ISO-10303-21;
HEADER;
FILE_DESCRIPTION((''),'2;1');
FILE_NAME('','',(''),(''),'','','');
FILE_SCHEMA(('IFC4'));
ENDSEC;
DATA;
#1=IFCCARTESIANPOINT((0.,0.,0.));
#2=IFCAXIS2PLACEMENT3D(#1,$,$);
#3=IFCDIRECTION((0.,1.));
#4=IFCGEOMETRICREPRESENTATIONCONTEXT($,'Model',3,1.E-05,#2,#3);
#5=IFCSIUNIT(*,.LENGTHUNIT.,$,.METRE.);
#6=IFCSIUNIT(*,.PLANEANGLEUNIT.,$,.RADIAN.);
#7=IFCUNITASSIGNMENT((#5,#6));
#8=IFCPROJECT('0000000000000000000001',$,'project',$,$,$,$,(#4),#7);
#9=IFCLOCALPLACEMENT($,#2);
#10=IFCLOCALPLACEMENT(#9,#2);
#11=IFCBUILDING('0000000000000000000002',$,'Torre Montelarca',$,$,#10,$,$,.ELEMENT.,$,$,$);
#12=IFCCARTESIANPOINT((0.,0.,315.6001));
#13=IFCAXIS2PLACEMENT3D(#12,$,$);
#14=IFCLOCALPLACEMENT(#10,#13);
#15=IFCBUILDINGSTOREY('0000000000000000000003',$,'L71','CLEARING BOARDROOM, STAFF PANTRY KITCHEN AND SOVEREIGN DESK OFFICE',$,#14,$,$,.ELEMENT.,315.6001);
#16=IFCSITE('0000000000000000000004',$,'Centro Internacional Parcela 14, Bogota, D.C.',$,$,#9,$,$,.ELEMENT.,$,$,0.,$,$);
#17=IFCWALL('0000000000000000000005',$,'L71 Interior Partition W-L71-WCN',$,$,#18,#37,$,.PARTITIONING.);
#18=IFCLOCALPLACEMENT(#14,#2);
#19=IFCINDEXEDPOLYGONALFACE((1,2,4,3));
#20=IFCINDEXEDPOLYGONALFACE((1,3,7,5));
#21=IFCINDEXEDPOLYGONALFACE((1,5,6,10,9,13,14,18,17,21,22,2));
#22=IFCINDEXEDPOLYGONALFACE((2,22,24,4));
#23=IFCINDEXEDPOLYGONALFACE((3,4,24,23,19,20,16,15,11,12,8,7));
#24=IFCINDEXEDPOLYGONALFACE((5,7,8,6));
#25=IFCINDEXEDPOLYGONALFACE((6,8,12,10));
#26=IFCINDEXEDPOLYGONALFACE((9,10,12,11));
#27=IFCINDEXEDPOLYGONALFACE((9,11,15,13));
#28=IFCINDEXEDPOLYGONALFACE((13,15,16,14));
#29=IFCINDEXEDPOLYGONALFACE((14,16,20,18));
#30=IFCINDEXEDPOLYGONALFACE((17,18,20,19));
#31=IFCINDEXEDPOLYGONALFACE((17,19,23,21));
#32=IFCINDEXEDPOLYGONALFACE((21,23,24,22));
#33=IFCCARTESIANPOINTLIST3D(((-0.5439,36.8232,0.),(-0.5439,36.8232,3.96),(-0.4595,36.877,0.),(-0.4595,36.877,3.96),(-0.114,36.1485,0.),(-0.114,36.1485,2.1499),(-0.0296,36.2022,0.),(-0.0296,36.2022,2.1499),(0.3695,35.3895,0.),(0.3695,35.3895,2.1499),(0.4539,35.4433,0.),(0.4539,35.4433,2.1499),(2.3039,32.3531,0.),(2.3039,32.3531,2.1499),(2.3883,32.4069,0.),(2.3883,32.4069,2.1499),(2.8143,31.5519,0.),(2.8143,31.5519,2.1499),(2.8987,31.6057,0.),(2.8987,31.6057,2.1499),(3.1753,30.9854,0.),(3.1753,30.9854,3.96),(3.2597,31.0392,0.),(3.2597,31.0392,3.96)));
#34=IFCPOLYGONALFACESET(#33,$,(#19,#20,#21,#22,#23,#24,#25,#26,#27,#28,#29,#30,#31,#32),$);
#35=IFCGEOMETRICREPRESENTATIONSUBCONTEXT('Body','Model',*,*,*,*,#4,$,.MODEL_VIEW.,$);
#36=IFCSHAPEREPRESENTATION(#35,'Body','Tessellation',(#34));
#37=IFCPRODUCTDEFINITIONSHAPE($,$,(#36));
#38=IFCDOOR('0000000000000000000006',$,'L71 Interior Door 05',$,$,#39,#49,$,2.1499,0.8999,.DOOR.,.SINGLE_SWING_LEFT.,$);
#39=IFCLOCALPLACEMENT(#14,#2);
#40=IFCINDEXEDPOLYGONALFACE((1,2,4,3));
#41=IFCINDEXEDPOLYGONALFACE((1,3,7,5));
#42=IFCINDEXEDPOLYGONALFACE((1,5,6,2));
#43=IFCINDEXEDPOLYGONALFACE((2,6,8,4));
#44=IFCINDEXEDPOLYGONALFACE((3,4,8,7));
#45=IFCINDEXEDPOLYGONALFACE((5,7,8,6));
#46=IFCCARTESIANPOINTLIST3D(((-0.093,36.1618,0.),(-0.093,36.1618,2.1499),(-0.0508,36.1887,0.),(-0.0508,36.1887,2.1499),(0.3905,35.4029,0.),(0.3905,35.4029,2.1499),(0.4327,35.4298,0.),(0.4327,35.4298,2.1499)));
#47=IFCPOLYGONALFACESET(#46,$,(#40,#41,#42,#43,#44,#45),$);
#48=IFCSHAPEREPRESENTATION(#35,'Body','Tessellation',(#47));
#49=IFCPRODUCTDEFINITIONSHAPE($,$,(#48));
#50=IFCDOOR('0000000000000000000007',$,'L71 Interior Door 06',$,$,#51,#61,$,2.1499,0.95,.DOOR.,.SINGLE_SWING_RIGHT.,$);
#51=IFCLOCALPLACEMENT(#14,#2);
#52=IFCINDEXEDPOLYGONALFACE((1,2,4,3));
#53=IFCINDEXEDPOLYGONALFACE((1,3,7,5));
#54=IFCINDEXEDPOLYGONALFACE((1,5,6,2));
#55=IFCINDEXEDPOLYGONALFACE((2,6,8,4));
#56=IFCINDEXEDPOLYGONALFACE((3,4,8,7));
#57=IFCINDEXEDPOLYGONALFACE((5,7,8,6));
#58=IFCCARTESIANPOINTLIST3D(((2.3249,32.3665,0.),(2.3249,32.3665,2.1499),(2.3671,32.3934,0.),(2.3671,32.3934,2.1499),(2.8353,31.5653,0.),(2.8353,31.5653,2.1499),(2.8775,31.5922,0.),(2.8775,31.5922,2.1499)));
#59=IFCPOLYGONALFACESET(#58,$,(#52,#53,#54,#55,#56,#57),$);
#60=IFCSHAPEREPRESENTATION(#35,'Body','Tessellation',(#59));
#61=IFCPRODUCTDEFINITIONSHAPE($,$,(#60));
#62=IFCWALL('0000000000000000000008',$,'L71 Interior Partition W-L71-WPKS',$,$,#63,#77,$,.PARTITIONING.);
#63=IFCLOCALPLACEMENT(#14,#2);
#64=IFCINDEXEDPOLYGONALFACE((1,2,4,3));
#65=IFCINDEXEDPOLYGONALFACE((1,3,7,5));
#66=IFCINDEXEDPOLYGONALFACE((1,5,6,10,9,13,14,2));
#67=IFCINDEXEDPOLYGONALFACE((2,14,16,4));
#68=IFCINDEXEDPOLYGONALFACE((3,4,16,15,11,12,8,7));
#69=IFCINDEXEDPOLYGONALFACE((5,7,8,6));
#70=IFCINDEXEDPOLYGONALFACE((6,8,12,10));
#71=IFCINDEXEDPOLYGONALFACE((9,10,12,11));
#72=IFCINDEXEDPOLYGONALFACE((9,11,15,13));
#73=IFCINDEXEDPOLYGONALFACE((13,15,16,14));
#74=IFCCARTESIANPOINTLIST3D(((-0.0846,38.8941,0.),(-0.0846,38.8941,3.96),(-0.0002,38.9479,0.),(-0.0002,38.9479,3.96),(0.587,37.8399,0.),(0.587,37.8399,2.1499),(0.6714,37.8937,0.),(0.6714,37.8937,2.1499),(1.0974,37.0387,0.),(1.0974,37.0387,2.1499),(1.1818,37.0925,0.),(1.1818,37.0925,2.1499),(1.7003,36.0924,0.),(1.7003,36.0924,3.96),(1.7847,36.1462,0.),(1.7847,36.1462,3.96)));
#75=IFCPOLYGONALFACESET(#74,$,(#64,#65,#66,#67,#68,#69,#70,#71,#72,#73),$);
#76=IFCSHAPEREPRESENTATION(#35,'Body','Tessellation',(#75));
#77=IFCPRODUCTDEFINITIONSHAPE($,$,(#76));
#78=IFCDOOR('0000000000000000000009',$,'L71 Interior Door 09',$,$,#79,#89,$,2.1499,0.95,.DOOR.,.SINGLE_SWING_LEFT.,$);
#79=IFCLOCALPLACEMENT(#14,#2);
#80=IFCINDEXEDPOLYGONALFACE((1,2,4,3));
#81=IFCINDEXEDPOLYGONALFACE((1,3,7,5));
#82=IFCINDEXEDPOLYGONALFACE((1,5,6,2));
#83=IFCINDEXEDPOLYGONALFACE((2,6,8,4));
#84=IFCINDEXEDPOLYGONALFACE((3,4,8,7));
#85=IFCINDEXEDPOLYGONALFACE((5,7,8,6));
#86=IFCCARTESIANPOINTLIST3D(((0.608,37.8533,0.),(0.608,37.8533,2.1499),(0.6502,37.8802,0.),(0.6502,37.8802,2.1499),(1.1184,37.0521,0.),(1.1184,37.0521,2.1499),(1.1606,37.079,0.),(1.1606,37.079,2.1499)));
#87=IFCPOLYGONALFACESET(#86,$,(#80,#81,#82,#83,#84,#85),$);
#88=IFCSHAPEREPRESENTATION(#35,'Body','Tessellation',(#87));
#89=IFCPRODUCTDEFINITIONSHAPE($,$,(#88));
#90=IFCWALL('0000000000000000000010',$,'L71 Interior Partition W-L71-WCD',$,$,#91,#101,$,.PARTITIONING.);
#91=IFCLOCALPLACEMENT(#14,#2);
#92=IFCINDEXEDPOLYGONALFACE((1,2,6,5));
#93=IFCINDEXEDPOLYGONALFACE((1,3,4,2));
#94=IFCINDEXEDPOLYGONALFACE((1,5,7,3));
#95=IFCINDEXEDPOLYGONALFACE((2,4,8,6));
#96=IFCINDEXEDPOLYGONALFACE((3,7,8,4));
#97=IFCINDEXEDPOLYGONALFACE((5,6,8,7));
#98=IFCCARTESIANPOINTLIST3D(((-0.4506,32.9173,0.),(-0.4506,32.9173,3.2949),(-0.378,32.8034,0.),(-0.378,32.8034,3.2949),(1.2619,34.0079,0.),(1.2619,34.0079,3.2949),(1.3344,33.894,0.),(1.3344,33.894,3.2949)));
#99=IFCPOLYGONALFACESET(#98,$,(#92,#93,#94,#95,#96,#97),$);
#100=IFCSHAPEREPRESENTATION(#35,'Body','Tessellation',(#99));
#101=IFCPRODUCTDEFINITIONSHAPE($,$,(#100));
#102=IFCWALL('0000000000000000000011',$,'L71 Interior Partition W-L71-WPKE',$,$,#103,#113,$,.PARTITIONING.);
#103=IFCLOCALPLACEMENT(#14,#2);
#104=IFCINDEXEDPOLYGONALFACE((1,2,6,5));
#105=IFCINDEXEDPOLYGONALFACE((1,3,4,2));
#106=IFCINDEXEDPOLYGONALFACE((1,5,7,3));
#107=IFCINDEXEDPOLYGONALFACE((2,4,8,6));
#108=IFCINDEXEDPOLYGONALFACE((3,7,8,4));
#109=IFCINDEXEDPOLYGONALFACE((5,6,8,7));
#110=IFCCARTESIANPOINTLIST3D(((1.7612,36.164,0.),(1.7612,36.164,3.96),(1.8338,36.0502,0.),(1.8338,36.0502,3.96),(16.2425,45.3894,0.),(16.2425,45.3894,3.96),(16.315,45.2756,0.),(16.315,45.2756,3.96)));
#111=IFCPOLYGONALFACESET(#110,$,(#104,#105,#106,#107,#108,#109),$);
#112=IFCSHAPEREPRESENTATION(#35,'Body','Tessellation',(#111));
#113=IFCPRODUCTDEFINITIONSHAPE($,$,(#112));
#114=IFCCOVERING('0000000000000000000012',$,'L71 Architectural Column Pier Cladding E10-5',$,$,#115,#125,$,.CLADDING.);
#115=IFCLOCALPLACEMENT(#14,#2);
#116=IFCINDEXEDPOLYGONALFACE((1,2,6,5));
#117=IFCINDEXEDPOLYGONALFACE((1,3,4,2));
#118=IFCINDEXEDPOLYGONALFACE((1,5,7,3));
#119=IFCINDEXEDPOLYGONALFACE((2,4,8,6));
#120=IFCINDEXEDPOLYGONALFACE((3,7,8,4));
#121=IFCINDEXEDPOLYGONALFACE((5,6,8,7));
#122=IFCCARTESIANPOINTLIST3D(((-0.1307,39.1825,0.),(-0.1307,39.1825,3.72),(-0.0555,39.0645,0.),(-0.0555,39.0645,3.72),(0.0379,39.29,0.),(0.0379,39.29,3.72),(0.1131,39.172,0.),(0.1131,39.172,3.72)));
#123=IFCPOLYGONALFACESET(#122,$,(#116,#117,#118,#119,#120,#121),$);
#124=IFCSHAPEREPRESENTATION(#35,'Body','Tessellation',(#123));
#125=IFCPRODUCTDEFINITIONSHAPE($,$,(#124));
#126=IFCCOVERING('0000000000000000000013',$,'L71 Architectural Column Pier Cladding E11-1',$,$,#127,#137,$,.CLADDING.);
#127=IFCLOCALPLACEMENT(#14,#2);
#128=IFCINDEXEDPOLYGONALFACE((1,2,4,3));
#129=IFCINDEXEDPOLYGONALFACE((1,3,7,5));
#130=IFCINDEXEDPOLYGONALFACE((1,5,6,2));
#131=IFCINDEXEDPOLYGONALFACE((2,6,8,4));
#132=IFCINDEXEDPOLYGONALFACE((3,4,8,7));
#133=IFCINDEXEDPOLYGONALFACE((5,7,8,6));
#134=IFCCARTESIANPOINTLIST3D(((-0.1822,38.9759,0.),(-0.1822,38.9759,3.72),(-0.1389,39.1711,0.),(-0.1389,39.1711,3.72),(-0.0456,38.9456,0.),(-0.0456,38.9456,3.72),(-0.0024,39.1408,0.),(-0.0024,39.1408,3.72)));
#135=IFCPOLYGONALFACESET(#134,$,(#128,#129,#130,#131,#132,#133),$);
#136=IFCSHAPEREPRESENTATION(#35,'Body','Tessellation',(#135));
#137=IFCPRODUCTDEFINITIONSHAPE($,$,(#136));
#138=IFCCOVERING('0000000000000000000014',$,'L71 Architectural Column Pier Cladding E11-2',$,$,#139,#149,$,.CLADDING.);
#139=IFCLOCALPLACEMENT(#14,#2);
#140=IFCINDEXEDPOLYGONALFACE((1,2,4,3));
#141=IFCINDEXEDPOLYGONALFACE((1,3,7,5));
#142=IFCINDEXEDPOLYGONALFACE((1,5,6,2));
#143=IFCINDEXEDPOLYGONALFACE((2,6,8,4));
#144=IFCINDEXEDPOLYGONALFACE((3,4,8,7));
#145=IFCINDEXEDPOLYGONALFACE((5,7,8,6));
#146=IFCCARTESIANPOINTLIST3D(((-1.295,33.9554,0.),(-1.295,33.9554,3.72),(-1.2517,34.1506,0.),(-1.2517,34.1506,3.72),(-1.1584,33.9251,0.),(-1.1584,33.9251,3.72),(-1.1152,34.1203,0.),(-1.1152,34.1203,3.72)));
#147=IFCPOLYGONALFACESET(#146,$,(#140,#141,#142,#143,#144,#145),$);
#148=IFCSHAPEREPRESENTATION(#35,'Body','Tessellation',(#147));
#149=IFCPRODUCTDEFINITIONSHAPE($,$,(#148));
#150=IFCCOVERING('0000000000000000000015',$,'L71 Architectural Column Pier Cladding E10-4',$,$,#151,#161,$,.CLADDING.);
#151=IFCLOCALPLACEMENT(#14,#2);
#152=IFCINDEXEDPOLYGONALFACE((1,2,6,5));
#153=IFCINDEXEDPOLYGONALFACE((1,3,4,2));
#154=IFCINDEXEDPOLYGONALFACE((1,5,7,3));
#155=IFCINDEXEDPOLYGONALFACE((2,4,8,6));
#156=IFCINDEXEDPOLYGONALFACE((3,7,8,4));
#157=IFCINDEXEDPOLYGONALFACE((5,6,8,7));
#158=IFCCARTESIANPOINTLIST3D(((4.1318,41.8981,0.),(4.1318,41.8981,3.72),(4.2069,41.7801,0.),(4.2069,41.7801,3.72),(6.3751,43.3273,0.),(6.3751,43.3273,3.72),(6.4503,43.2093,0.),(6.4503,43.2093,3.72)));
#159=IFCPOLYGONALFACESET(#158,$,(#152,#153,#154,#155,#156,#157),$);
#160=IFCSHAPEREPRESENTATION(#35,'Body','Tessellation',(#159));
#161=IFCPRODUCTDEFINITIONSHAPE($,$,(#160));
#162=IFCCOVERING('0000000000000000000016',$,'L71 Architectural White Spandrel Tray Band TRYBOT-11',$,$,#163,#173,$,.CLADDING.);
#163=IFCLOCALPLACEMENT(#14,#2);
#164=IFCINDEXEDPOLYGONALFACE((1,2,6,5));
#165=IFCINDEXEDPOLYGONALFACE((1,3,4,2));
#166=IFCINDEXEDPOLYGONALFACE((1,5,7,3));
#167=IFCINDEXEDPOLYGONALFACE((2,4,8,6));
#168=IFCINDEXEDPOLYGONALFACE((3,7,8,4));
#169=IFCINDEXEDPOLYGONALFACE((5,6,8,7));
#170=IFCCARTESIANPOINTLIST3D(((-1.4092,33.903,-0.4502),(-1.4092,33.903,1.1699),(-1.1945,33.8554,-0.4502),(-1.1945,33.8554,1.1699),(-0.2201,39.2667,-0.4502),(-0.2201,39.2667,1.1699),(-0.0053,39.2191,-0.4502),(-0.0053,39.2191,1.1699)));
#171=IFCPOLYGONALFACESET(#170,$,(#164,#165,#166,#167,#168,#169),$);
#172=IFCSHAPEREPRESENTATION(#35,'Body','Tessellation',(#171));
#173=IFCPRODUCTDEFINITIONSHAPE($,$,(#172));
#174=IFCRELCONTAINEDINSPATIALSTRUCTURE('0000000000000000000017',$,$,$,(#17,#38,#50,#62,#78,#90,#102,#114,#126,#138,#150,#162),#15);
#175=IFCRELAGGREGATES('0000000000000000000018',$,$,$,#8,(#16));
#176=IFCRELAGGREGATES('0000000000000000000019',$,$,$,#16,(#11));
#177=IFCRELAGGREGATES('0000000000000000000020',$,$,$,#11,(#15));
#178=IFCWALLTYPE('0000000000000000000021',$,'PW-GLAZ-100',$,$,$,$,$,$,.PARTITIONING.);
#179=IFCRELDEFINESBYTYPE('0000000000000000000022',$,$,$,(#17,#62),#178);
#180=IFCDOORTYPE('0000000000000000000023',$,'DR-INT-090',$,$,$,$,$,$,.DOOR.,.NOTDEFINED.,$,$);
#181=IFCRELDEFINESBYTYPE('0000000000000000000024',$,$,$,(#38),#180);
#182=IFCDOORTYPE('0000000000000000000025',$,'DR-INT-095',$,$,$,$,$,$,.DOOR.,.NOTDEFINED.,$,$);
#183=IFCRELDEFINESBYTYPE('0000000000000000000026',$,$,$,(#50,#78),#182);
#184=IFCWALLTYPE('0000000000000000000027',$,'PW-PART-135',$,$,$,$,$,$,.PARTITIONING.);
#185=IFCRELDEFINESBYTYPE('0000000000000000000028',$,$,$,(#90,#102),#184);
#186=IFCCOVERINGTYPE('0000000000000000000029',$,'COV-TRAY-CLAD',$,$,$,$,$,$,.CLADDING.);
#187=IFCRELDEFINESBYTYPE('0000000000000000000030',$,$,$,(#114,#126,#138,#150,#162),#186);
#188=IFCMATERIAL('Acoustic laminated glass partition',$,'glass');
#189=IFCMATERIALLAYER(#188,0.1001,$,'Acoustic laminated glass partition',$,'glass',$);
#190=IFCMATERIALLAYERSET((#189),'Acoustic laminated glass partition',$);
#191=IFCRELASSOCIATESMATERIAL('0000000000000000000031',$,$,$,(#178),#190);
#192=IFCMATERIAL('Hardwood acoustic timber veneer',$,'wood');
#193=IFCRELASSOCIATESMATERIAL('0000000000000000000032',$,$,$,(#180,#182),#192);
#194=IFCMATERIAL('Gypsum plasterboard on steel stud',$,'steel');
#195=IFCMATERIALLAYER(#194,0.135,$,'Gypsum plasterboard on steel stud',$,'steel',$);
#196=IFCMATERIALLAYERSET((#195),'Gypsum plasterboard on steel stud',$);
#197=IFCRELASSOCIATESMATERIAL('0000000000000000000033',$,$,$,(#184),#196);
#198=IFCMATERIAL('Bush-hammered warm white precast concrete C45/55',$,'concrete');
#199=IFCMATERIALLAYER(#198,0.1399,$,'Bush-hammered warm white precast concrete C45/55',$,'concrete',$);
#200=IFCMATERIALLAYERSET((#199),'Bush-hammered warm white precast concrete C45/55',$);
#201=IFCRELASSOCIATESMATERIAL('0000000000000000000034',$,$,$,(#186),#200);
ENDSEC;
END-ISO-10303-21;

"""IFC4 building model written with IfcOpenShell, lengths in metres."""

from ifc_helpers import new_model, si_unit, direction, frame, frame_2d, origin, origin_2d, place, context, subcontext, project, spatial, rectangle, extrude, source, transform, mapped, material, layer, layer_set, type_object, element, fill, save


model = new_model("IFC4")

# Units and contexts
model_context = context("Model", 3, precision=1e-05, world=origin(), true_north=direction((0.0, 1.0)))
body_context = subcontext(model_context, "Body", "Model", "MODEL_VIEW")
ifc_project = project(units=[si_unit("LENGTHUNIT", "METRE"), si_unit("PLANEANGLEUNIT", "RADIAN")], contexts=[model_context])

# Site, building, storey
site_placement = place(None, origin())
site = spatial("IfcSite", under=ifc_project, at=site_placement, Name="Centro Internacional Parcela 14, Bogota, D.C.", CompositionType="ELEMENT", RefElevation=0.0)
building_placement = place(site_placement, origin())
building = spatial("IfcBuilding", under=site, at=building_placement, Name="Torre Montelarca", CompositionType="ELEMENT")
storey_placement = place(building_placement, frame((0.0, 0.0, 315.6001)))
storey = spatial("IfcBuildingStorey", under=building, at=storey_placement, Name="L71", Description="CLEARING BOARDROOM, STAFF PANTRY KITCHEN AND SOVEREIGN DESK OFFICE", CompositionType="ELEMENT", Elevation=315.6001)

# Wall, openings, doors
ifc_material_1 = material(Name="Acoustic laminated glass partition", Category="glass")
ifc_layer_1 = layer(ifc_material_1, 0.1001, Name="Acoustic laminated glass partition", Category="glass")
ifc_layer_set_1 = layer_set([ifc_layer_1], Name="Acoustic laminated glass partition")
wall_type_1 = type_object("IfcWallType", Name="PW-GLAZ-100", PredefinedType="PARTITIONING", material=ifc_layer_set_1)
wall_1_placement = place(storey_placement, frame((-0.5017, 36.8501, 0.0), z_axis=(0.0, 0.0, 1.0), x_axis=(0.537309, -0.843385, 0.0)))
wall_1 = element("IfcWall", 1, at=wall_1_placement, inside=storey, type_object=wall_type_1, Name="L71 Interior Partition W-L71-WCN", PredefinedType="PARTITIONING", context=body_context, shape_type="SweptSolid", body=[
    extrude(rectangle(XDim=6.9219, YDim=0.1001, at=frame_2d((3.4609, 0.0))), origin(), (0.0, 0.0, 1.0), 3.96),
])
opening_1_placement = place(wall_1_placement, frame((0.8, 0.0, 0.0)))
opening_1 = element("IfcOpeningElement", 2, at=opening_1_placement, cuts=wall_1, PredefinedType="OPENING", context=body_context, shape_type="SweptSolid", body=[
    extrude(rectangle(XDim=0.8999, YDim=2.1499, at=frame_2d((0.45, 1.075))), frame((0.0, 0.0601, 0.0), z_axis=(0.0, -1.0, 0.0), x_axis=(1.0, 0.0, 0.0)), (0.0, 0.0, 1.0), 0.1201),
])
opening_2_placement = place(wall_1_placement, frame((5.3, 0.0, 0.0)))
opening_2 = element("IfcOpeningElement", 3, at=opening_2_placement, cuts=wall_1, PredefinedType="OPENING", context=body_context, shape_type="SweptSolid", body=[
    extrude(rectangle(XDim=0.95, YDim=2.1499, at=frame_2d((0.4751, 1.075))), frame((0.0, 0.0601, 0.0), z_axis=(0.0, -1.0, 0.0), x_axis=(1.0, 0.0, 0.0)), (0.0, 0.0, 1.0), 0.1201),
])
ifc_material_2 = material(Name="Hardwood acoustic timber veneer", Category="wood")
door_type_1 = type_object("IfcDoorType", Name="DR-INT-090", OperationType="NOTDEFINED", PredefinedType="DOOR", material=ifc_material_2)
shared_shape_1 = source(origin(), body_context, "Body", "SweptSolid", [
    extrude(rectangle(XDim=0.8999, YDim=2.1499, at=frame_2d((0.45, 1.075))), frame((0.0, 0.0249, 0.0), z_axis=(0.0, -1.0, 0.0), x_axis=(1.0, 0.0, 0.0)), (0.0, 0.0, 1.0), 0.05),
])
door_1_placement = place(opening_1_placement, origin())
door_1 = element("IfcDoor", 4, at=door_1_placement, inside=storey, type_object=door_type_1, Name="L71 Interior Door 05", OperationType="SINGLE_SWING_LEFT", OverallHeight=2.1499, OverallWidth=0.8999, PredefinedType="DOOR", context=body_context, shape_type="MappedRepresentation", body=[
    mapped(shared_shape_1, transform((0.0, 0.0, 0.0), scale=1.0)),
])
fill(opening_1, door_1)
door_type_2 = type_object("IfcDoorType", Name="DR-INT-095", OperationType="NOTDEFINED", PredefinedType="DOOR", material=ifc_material_2)
shared_shape_2 = source(origin(), body_context, "Body", "SweptSolid", [
    extrude(rectangle(XDim=0.95, YDim=2.1499, at=frame_2d((0.4751, 1.075))), frame((0.0, 0.0249, 0.0), z_axis=(0.0, -1.0, 0.0), x_axis=(1.0, 0.0, 0.0)), (0.0, 0.0, 1.0), 0.05),
])
door_2_placement = place(opening_2_placement, origin())
door_2 = element("IfcDoor", 5, at=door_2_placement, inside=storey, type_object=door_type_2, Name="L71 Interior Door 06", OperationType="SINGLE_SWING_RIGHT", OverallHeight=2.1499, OverallWidth=0.95, PredefinedType="DOOR", context=body_context, shape_type="MappedRepresentation", body=[
    mapped(shared_shape_2, transform((0.0, 0.0, 0.0), scale=1.0)),
])
fill(opening_2, door_2)

# Wall, opening, door
wall_2_placement = place(storey_placement, frame((-0.0425, 38.9211, 0.0), z_axis=(0.0, 0.0, 1.0), x_axis=(0.537299, -0.843392, 0.0)))
wall_2 = element("IfcWall", 6, at=wall_2_placement, inside=storey, type_object=wall_type_1, Name="L71 Interior Partition W-L71-WPKS", PredefinedType="PARTITIONING", context=body_context, shape_type="SweptSolid", body=[
    extrude(rectangle(XDim=3.322, YDim=0.1001, at=frame_2d((1.6611, 0.0))), origin(), (0.0, 0.0, 1.0), 3.96),
])
opening_3_placement = place(wall_2_placement, frame((1.25, 0.0, 0.0)))
opening_3 = element("IfcOpeningElement", 7, at=opening_3_placement, cuts=wall_2, PredefinedType="OPENING", context=body_context, shape_type="SweptSolid", body=[
    extrude(rectangle(XDim=0.95, YDim=2.1499, at=frame_2d((0.4751, 1.075))), frame((0.0, 0.0601, 0.0), z_axis=(0.0, -1.0, 0.0), x_axis=(1.0, 0.0, 0.0)), (0.0, 0.0, 1.0), 0.1201),
])
door_3_placement = place(opening_3_placement, origin())
door_3 = element("IfcDoor", 8, at=door_3_placement, inside=storey, type_object=door_type_2, Name="L71 Interior Door 09", OperationType="SINGLE_SWING_LEFT", OverallHeight=2.1499, OverallWidth=0.95, PredefinedType="DOOR", context=body_context, shape_type="MappedRepresentation", body=[
    mapped(shared_shape_2, transform((0.0, 0.0, 0.0), scale=1.0)),
])
fill(opening_3, door_3)

# Walls
ifc_material_3 = material(Name="Gypsum plasterboard on steel stud", Category="steel")
ifc_layer_2 = layer(ifc_material_3, 0.135, Name="Gypsum plasterboard on steel stud", Category="steel")
ifc_layer_set_2 = layer_set([ifc_layer_2], Name="Gypsum plasterboard on steel stud")
wall_type_2 = type_object("IfcWallType", Name="PW-PART-135", PredefinedType="PARTITIONING", material=ifc_layer_set_2)
wall_3_placement = place(storey_placement, frame((-0.4143, 32.8604, 0.0), z_axis=(0.0, 0.0, 1.0), x_axis=(0.843468, 0.537179, 0.0)))
element("IfcWall", 9, at=wall_3_placement, inside=storey, type_object=wall_type_2, Name="L71 Interior Partition W-L71-WCD", PredefinedType="PARTITIONING", context=body_context, shape_type="SweptSolid", body=[
    extrude(rectangle(XDim=2.0303, YDim=0.135, at=frame_2d((1.0151, 0.0))), origin(), (0.0, 0.0, 1.0), 3.2949),
])
wall_4_placement = place(storey_placement, frame((1.7976, 36.1072, 0.0), z_axis=(0.0, 0.0, 1.0), x_axis=(0.843397, 0.537291, 0.0)))
element("IfcWall", 10, at=wall_4_placement, inside=storey, type_object=wall_type_2, Name="L71 Interior Partition W-L71-WPKE", PredefinedType="PARTITIONING", context=body_context, shape_type="SweptSolid", body=[
    extrude(rectangle(XDim=17.1702, YDim=0.135, at=frame_2d((8.585, 0.0))), origin(), (0.0, 0.0, 1.0), 3.96),
])

# Coverings
ifc_material_4 = material(Name="Bush-hammered warm white precast concrete C45/55", Category="concrete")
ifc_layer_3 = layer(ifc_material_4, 0.1399, Name="Bush-hammered warm white precast concrete C45/55", Category="concrete")
ifc_layer_set_3 = layer_set([ifc_layer_3], Name="Bush-hammered warm white precast concrete C45/55")
covering_type = type_object("IfcCoveringType", Name="COV-TRAY-CLAD", PredefinedType="CLADDING", material=ifc_layer_set_3)
shared_shape_3 = source(origin(), body_context, "Body", "SweptSolid", [
    extrude(rectangle(XDim=0.2, YDim=0.1399, at=origin_2d()), origin(), (0.0, 0.0, 1.0), 3.72),
])
for number, where, z_axis, x_axis, name in (
    (11, (-0.0088, 39.1772, 0.0), (0.0, 0.0, 1.0), (-0.843391, -0.537301, 0.0), "L71 Architectural Column Pier Cladding E10-5"),
    (12, (-0.0923, 39.0583, 0.0), (0.0, 0.0, 1.0), (-0.216448, -0.976294, 0.0), "L71 Architectural Column Pier Cladding E11-1"),
    (13, (-1.2051, 34.0378, 0.0), (0.0, 0.0, 1.0), (-0.216448, -0.976294, 0.0), "L71 Architectural Column Pier Cladding E11-2"),
):
    element("IfcCovering", number, at=place(storey_placement, frame(where, z_axis=z_axis, x_axis=x_axis)), inside=storey, type_object=covering_type, Name=name, PredefinedType="CLADDING", context=body_context, shape_type="MappedRepresentation", body=[
        mapped(shared_shape_3, transform((0.0, 0.0, 0.0), scale=1.0)),
    ])
shared_shape_4 = source(origin(), body_context, "Body", "SweptSolid", [
    extrude(rectangle(XDim=2.6599, YDim=0.1399, at=origin_2d()), origin(), (0.0, 0.0, 1.0), 3.72),
])
covering_1_placement = place(storey_placement, frame((5.291, 42.5537, 0.0), z_axis=(0.0, 0.0, 1.0), x_axis=(-0.843391, -0.537301, 0.0)))
element("IfcCovering", 14, at=covering_1_placement, inside=storey, type_object=covering_type, Name="L71 Architectural Column Pier Cladding E10-4", PredefinedType="CLADDING", context=body_context, shape_type="MappedRepresentation", body=[
    mapped(shared_shape_4, transform((0.0, 0.0, 0.0), scale=1.0)),
])
shared_shape_5 = source(origin(), body_context, "Body", "SweptSolid", [
    extrude(rectangle(XDim=5.4939, YDim=0.22, at=origin_2d()), origin(), (0.0, 0.0, 1.0), 1.6201),
])
covering_2_placement = place(storey_placement, frame((-0.7073, 36.561, -0.4502), z_axis=(0.0, 0.0, 1.0), x_axis=(-0.21645, -0.976294, 0.0)))
element("IfcCovering", 15, at=covering_2_placement, inside=storey, type_object=covering_type, Name="L71 Architectural White Spandrel Tray Band TRYBOT-11", PredefinedType="CLADDING", context=body_context, shape_type="MappedRepresentation", body=[
    mapped(shared_shape_5, transform((0.0, 0.0, 0.0), scale=1.0)),
])

save(model, "model.ifc")
